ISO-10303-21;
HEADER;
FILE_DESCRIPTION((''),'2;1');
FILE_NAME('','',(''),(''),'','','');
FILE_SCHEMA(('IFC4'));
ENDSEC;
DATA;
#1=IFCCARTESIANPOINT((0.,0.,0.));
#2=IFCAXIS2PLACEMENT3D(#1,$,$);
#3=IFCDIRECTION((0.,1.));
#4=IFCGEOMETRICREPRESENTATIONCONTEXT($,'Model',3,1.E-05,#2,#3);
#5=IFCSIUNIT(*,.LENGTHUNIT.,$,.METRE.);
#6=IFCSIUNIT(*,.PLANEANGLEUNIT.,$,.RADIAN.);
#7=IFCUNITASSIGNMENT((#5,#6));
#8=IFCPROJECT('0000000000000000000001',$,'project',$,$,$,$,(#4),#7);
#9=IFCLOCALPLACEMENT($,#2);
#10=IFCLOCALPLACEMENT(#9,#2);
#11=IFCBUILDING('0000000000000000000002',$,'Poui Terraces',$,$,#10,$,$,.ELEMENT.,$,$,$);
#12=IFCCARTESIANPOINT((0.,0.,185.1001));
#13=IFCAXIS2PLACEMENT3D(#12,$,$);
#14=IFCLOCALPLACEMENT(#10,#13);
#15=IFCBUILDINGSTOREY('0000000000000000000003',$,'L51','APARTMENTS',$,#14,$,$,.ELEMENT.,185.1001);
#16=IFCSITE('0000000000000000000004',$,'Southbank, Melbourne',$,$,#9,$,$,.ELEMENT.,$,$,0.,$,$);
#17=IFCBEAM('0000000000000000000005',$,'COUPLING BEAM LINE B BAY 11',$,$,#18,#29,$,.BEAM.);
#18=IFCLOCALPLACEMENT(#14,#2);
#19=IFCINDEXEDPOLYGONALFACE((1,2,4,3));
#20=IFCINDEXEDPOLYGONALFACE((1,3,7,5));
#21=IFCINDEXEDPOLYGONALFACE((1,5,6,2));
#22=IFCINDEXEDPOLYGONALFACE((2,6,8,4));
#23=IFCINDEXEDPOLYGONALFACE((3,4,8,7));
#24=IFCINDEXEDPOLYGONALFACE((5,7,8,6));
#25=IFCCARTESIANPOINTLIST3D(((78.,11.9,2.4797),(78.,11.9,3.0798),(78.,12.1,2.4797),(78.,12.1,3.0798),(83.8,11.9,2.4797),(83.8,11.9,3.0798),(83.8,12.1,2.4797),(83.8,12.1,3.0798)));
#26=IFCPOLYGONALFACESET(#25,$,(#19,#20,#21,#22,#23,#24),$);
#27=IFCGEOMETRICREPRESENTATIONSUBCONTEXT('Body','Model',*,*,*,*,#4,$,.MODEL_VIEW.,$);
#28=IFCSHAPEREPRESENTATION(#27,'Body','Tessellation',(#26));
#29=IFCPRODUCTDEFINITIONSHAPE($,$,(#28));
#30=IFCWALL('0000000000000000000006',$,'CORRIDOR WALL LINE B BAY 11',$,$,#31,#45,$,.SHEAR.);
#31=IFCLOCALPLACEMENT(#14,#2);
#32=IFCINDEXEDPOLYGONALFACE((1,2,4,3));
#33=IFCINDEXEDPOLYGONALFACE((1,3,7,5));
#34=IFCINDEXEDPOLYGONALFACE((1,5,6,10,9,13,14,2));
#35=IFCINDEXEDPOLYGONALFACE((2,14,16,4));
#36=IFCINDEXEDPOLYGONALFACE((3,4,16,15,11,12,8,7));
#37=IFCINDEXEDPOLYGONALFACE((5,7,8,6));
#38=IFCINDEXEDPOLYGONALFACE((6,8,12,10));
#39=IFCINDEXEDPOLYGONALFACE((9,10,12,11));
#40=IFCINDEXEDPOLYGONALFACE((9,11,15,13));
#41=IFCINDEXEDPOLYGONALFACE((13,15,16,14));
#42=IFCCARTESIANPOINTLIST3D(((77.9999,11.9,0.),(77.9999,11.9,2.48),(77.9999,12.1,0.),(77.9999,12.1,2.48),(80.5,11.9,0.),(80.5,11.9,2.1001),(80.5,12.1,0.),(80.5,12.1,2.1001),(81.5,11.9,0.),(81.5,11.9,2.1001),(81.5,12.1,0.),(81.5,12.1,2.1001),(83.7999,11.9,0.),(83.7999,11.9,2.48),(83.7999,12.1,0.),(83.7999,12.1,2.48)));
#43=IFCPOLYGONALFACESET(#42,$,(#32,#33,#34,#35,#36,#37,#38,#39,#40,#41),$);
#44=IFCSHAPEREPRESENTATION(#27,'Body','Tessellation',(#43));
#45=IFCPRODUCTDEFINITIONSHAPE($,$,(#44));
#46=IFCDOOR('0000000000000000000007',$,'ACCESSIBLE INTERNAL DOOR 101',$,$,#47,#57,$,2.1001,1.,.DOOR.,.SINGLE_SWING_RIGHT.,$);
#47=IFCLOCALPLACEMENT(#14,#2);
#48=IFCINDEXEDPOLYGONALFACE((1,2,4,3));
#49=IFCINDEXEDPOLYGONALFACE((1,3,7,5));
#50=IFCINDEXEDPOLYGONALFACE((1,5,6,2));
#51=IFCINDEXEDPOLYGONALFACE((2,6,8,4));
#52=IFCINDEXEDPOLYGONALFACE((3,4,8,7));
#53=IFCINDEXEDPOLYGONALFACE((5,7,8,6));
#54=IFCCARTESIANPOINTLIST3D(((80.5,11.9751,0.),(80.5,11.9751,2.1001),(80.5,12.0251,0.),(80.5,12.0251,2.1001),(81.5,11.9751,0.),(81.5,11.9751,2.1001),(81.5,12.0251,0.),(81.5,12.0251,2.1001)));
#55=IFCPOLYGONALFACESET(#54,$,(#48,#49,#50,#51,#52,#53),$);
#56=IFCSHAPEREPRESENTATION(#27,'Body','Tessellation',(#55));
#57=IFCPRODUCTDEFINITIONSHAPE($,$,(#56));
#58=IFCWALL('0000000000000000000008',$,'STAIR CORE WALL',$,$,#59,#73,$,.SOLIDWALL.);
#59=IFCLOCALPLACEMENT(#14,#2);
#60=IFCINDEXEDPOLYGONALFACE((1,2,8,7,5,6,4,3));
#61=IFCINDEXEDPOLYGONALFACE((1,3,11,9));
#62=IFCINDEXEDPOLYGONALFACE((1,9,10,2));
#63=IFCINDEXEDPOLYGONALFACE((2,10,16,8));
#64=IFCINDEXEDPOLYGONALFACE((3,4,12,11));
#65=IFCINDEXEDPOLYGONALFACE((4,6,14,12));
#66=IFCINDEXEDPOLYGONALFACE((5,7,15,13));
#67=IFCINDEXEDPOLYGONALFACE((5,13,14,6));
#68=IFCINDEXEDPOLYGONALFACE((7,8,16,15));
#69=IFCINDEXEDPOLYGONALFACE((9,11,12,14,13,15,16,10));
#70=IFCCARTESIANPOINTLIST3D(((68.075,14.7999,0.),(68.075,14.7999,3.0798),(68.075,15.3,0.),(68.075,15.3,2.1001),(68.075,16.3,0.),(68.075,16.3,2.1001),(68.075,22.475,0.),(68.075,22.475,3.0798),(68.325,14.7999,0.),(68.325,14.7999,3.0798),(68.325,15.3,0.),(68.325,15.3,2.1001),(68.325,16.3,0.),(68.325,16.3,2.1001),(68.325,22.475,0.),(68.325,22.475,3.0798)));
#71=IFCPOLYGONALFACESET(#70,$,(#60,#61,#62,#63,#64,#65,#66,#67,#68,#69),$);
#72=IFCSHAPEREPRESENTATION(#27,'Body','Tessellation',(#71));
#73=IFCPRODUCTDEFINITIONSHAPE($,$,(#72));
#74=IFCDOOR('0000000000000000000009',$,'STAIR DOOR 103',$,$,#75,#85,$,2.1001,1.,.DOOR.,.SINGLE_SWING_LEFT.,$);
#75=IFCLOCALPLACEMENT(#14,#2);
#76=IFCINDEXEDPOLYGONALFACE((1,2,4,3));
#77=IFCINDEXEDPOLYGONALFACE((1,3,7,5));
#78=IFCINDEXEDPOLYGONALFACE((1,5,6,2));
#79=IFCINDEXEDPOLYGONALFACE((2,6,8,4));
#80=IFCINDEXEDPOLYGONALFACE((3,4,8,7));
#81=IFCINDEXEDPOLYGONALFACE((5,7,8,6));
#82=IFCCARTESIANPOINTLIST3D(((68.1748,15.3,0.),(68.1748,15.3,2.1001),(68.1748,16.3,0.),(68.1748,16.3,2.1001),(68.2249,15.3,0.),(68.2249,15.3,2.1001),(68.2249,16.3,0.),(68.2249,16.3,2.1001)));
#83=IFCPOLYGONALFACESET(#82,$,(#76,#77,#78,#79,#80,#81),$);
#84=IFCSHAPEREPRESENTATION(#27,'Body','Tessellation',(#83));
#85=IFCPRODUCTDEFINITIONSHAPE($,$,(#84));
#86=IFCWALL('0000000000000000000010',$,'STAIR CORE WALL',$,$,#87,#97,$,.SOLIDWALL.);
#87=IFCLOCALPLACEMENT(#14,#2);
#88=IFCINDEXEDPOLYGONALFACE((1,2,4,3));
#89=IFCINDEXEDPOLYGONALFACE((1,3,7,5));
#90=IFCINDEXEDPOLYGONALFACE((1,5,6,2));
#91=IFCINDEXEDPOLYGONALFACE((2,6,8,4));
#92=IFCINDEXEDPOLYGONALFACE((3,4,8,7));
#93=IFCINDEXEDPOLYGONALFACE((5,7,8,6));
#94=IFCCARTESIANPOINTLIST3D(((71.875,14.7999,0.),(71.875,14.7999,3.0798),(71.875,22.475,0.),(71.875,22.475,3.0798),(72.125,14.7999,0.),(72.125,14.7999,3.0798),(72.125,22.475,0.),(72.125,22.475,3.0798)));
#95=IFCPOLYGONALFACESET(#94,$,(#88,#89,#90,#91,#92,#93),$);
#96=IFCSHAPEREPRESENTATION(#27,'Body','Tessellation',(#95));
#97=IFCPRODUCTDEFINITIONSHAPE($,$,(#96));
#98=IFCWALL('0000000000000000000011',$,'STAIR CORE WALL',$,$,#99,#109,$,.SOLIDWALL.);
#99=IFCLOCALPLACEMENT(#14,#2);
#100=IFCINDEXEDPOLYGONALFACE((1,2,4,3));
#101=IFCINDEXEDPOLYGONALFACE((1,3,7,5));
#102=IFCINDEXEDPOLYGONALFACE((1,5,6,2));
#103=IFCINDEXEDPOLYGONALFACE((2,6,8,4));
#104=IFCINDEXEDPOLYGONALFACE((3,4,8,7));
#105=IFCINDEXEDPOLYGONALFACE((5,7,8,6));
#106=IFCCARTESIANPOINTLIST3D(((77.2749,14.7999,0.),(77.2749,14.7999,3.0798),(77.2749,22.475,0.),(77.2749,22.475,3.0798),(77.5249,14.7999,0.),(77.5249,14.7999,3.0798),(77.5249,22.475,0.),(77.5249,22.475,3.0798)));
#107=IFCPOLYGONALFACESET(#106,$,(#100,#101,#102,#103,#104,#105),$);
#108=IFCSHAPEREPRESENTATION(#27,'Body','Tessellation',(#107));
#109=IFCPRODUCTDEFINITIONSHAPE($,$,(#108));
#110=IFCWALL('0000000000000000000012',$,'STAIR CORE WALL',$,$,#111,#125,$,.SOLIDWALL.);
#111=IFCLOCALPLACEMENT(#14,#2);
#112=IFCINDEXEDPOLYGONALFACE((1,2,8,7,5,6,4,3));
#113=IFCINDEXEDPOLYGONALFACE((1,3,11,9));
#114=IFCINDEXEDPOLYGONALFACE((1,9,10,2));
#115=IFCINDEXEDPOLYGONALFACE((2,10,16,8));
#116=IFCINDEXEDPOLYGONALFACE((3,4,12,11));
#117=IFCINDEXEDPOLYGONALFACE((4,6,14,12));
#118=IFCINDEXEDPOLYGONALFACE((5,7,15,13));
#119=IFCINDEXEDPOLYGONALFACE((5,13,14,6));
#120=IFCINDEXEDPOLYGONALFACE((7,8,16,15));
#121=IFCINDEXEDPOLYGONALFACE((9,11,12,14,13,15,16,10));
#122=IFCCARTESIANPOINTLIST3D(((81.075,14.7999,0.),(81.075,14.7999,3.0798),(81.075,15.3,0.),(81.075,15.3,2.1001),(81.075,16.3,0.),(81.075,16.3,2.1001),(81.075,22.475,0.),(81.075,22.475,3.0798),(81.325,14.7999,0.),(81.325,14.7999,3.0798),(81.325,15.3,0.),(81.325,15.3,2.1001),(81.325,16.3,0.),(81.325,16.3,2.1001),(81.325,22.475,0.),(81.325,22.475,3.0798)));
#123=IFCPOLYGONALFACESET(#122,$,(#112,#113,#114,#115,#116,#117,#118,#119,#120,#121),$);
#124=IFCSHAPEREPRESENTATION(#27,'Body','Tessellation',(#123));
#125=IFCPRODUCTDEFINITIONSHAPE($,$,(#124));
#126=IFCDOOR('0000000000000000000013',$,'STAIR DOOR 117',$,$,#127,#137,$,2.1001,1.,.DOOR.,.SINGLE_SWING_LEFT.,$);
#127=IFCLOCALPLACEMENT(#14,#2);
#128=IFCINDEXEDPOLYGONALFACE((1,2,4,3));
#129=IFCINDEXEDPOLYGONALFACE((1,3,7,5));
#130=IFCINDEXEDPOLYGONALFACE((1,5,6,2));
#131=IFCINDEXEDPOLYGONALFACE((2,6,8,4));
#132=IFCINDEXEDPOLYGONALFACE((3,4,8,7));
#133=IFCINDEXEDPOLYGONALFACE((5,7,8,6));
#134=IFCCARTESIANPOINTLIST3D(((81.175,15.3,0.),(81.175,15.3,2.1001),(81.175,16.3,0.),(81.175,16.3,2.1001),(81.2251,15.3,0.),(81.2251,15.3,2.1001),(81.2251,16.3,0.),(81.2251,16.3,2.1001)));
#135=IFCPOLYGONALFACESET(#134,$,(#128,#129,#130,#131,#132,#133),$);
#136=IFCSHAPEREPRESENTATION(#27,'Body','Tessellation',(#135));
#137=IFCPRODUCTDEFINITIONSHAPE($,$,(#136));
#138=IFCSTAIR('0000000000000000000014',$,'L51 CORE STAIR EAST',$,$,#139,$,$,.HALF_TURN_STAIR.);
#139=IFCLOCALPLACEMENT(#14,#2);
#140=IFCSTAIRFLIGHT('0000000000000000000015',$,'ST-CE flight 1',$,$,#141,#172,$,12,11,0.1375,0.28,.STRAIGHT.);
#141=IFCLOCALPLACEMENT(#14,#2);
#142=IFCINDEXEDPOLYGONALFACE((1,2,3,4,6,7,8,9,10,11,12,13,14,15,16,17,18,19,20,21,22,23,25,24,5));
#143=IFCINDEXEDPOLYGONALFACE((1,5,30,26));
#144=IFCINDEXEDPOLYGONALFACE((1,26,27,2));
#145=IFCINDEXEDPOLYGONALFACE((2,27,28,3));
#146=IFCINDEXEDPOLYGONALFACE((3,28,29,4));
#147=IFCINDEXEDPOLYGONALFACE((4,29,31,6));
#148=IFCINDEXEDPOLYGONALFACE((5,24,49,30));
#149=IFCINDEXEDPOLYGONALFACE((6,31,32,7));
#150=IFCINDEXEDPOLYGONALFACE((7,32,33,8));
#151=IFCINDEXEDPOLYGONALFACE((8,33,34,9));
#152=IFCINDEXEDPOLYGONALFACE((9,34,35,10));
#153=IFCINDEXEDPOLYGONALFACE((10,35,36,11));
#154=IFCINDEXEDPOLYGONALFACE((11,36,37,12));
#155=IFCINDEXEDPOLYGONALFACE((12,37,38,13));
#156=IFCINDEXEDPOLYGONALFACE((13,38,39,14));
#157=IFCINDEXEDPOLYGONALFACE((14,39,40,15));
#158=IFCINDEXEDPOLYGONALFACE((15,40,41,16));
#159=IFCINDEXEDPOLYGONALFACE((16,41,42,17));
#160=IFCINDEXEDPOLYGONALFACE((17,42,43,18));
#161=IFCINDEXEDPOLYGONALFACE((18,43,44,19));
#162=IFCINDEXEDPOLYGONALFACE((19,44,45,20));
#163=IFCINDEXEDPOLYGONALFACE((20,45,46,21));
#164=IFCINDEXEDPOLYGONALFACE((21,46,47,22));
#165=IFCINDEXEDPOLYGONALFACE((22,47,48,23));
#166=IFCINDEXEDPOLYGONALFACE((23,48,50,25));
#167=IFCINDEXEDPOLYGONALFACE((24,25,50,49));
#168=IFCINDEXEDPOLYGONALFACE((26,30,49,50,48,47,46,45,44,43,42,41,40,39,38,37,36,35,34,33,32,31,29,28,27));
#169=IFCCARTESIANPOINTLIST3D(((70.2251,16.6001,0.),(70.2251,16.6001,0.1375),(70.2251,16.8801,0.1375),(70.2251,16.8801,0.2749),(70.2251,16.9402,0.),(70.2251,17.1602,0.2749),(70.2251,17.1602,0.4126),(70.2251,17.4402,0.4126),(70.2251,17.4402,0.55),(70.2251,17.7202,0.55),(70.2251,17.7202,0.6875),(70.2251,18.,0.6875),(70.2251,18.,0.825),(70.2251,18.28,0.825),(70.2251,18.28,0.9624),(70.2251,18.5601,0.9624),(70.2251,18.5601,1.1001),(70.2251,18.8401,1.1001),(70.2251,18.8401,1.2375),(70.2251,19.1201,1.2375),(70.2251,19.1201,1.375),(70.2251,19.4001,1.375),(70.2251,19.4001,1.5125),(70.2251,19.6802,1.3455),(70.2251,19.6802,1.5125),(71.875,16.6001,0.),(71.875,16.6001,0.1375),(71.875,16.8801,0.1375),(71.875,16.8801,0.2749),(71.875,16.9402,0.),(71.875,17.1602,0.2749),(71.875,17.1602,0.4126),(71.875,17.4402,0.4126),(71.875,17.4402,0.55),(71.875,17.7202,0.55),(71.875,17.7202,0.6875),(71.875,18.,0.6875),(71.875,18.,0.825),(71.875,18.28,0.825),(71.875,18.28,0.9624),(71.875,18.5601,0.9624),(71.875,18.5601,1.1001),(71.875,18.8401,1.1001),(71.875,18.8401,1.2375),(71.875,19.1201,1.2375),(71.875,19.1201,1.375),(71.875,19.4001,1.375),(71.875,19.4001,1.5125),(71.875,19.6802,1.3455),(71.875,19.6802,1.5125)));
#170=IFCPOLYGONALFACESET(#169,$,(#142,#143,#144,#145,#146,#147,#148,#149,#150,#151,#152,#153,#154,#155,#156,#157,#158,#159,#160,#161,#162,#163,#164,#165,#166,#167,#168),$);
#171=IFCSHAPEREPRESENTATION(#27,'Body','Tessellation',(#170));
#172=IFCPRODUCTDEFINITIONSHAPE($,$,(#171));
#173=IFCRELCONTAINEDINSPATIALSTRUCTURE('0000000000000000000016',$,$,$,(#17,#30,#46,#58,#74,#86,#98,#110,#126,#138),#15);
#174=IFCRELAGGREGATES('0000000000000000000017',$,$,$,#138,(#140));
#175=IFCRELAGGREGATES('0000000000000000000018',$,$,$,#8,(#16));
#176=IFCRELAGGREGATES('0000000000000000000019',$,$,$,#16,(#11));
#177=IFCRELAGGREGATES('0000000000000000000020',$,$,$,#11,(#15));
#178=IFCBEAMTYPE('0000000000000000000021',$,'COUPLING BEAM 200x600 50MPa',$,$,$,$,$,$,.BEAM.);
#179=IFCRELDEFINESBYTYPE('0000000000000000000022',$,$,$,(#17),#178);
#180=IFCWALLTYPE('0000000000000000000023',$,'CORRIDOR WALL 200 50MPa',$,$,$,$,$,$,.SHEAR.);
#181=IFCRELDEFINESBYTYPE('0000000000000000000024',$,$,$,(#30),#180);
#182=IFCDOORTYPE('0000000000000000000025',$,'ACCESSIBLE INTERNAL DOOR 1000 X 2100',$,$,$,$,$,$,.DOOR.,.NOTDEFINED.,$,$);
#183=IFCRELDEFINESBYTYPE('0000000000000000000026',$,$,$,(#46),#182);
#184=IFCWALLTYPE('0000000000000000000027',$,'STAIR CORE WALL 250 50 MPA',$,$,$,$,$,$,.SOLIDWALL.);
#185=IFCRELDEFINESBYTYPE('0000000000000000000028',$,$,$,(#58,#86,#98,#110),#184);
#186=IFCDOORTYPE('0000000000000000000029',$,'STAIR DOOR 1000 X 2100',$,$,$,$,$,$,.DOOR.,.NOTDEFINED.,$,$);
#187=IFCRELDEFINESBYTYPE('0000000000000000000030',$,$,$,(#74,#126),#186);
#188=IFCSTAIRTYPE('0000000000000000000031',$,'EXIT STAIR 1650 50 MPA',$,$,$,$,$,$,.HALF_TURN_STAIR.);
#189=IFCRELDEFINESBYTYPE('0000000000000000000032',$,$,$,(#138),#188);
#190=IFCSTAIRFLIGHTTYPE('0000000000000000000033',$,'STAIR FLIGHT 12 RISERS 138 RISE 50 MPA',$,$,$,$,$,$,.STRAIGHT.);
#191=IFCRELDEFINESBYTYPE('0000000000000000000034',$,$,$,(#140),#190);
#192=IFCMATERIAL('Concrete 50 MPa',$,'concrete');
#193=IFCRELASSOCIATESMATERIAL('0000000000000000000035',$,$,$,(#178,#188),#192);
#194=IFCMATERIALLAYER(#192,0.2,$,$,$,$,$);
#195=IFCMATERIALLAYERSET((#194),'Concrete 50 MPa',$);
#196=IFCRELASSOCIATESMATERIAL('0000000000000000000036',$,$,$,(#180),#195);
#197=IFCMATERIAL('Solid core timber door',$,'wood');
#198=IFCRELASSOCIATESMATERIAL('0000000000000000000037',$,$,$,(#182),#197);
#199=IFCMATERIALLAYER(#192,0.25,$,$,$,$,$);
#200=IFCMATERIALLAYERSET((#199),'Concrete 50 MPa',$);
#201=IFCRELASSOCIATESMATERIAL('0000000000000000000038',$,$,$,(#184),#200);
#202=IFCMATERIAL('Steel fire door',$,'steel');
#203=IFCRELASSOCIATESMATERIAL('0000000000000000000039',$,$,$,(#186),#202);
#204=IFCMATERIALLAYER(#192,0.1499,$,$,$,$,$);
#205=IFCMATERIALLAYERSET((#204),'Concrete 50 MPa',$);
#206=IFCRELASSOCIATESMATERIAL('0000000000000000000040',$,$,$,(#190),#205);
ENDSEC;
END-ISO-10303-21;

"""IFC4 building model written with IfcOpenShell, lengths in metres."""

from ifc_helpers import new_model, si_unit, direction, frame, frame_2d, origin, origin_2d, place, context, subcontext, project, spatial, polyline, rectangle, outline, extrude, source, transform, mapped, material, layer, layer_set, material_profile, profile_set, type_object, element, fill, aggregate, save


model = new_model("IFC4")

# Units and contexts
model_context = context("Model", 3, precision=1e-05, world=origin(), true_north=direction((0.0, 1.0)))
body_context = subcontext(model_context, "Body", "Model", "MODEL_VIEW")
ifc_project = project(units=[si_unit("LENGTHUNIT", "METRE"), si_unit("PLANEANGLEUNIT", "RADIAN")], contexts=[model_context])

# Site, building, storey
site_placement = place(None, origin())
site = spatial("IfcSite", under=ifc_project, at=site_placement, Name="Southbank, Melbourne", CompositionType="ELEMENT", RefElevation=0.0)
building_placement = place(site_placement, origin())
building = spatial("IfcBuilding", under=site, at=building_placement, Name="Poui Terraces", CompositionType="ELEMENT")
storey_placement = place(building_placement, frame((0.0, 0.0, 185.1001)))
storey = spatial("IfcBuildingStorey", under=building, at=storey_placement, Name="L51", Description="APARTMENTS", CompositionType="ELEMENT", Elevation=185.1001)

# Beam
ifc_material_1 = material(Name="Concrete 50 MPa", Category="concrete")
ifc_material_profile = material_profile(ifc_material_1, rectangle(XDim=0.2, YDim=0.6001, at=origin_2d()), Name="RC 200x600")
ifc_profile_set = profile_set([ifc_material_profile], Name="Concrete 50 MPa")
beam_type = type_object("IfcBeamType", Name="COUPLING BEAM 200x600 50MPa", PredefinedType="BEAM", material=ifc_profile_set)
shared_shape = source(origin(), body_context, "Body", "SweptSolid", [
    extrude(rectangle(XDim=0.2, YDim=0.6001, at=origin_2d()), origin(), (0.0, 0.0, 1.0), 5.8),
])
beam_placement = place(storey_placement, frame((78.0, 12.0, 2.7798), z_axis=(1.0, 0.0, 0.0), x_axis=(0.0, 1.0, 0.0)))
element("IfcBeam", 1, at=beam_placement, inside=storey, type_object=beam_type, Name="COUPLING BEAM LINE B BAY 11", PredefinedType="BEAM", context=body_context, shape_type="MappedRepresentation", body=[
    mapped(shared_shape, transform((0.0, 0.0, 0.0))),
])

# Walls, openings, doors
ifc_layer_1 = layer(ifc_material_1, 0.2)
ifc_layer_set_1 = layer_set([ifc_layer_1], Name="Concrete 50 MPa")
wall_type_1 = type_object("IfcWallType", Name="CORRIDOR WALL 200 50MPa", PredefinedType="SHEAR", material=ifc_layer_set_1)
wall_1_placement = place(storey_placement, frame((78.0, 12.0, 0.0), z_axis=(0.0, 0.0, 1.0), x_axis=(1.0, 0.0, 0.0)))
wall_1 = element("IfcWall", 2, at=wall_1_placement, inside=storey, type_object=wall_type_1, Name="CORRIDOR WALL LINE B BAY 11", PredefinedType="SHEAR", context=body_context, shape_type="SweptSolid", body=[
    extrude(rectangle(XDim=5.8, YDim=0.2, at=frame_2d((2.8999, 0.0))), origin(), (0.0, 0.0, 1.0), 2.48),
])
opening_1_placement = place(wall_1_placement, frame((2.5, 0.0, 0.0)))
opening_1 = element("IfcOpeningElement", 3, at=opening_1_placement, cuts=wall_1, PredefinedType="OPENING", context=body_context, shape_type="SweptSolid", body=[
    extrude(rectangle(XDim=1.0, YDim=2.1001, at=frame_2d((0.5, 1.05))), frame((0.0, 0.1099, 0.0), z_axis=(0.0, -1.0, 0.0), x_axis=(1.0, 0.0, 0.0)), (0.0, 0.0, 1.0), 0.22),
])
ifc_material_2 = material(Name="Solid core timber door", Category="wood")
door_type_1 = type_object("IfcDoorType", Name="ACCESSIBLE INTERNAL DOOR 1000 X 2100", OperationType="NOTDEFINED", PredefinedType="DOOR", material=ifc_material_2)
door_1_placement = place(opening_1_placement, frame((1.0, 0.0, 0.0), z_axis=(0.0, 0.0, 1.0), x_axis=(-1.0, 0.0, 0.0)))
door_1 = element("IfcDoor", 4, at=door_1_placement, inside=storey, type_object=door_type_1, Name="ACCESSIBLE INTERNAL DOOR 101", OperationType="SINGLE_SWING_RIGHT", OverallHeight=2.1001, OverallWidth=1.0, PredefinedType="DOOR", context=body_context, shape_type="SweptSolid", body=[
    extrude(rectangle(XDim=1.0, YDim=2.1001, at=frame_2d((0.5, 1.05))), frame((0.0, 0.0249, 0.0), z_axis=(0.0, -1.0, 0.0), x_axis=(1.0, 0.0, 0.0)), (0.0, 0.0, 1.0), 0.05),
])
fill(opening_1, door_1)
ifc_layer_2 = layer(ifc_material_1, 0.25)
ifc_layer_set_2 = layer_set([ifc_layer_2], Name="Concrete 50 MPa")
wall_type_2 = type_object("IfcWallType", Name="STAIR CORE WALL 250 50 MPA", PredefinedType="SOLIDWALL", material=ifc_layer_set_2)
wall_2_placement = place(storey_placement, frame((68.2, 14.8, 0.0), z_axis=(0.0, 0.0, 1.0), x_axis=(0.0, 1.0, 0.0)))
wall_2 = element("IfcWall", 5, at=wall_2_placement, inside=storey, type_object=wall_type_2, Name="STAIR CORE WALL", PredefinedType="SOLIDWALL", context=body_context, shape_type="SweptSolid", body=[
    extrude(rectangle(XDim=7.675, YDim=0.25, at=frame_2d((3.8374, 0.0))), origin(), (0.0, 0.0, 1.0), 3.0798),
])
opening_2_placement = place(wall_2_placement, frame((0.5, 0.0, 0.0)))
opening_2 = element("IfcOpeningElement", 6, at=opening_2_placement, cuts=wall_2, PredefinedType="OPENING", context=body_context, shape_type="SweptSolid", body=[
    extrude(rectangle(XDim=1.0, YDim=2.1001, at=frame_2d((0.5, 1.05))), frame((0.0, 0.135, 0.0), z_axis=(0.0, -1.0, 0.0), x_axis=(1.0, 0.0, 0.0)), (0.0, 0.0, 1.0), 0.27),
])
ifc_material_3 = material(Name="Steel fire door", Category="steel")
door_type_2 = type_object("IfcDoorType", Name="STAIR DOOR 1000 X 2100", OperationType="NOTDEFINED", PredefinedType="DOOR", material=ifc_material_3)
door_2_placement = place(opening_2_placement, frame((1.0, 0.0, 0.0), z_axis=(0.0, 0.0, 1.0), x_axis=(-1.0, 0.0, 0.0)))
door_2 = element("IfcDoor", 7, at=door_2_placement, inside=storey, type_object=door_type_2, Name="STAIR DOOR 103", OperationType="SINGLE_SWING_LEFT", OverallHeight=2.1001, OverallWidth=1.0, PredefinedType="DOOR", context=body_context, shape_type="SweptSolid", body=[
    extrude(rectangle(XDim=1.0, YDim=2.1001, at=frame_2d((0.5, 1.05))), frame((0.0, 0.0249, 0.0), z_axis=(0.0, -1.0, 0.0), x_axis=(1.0, 0.0, 0.0)), (0.0, 0.0, 1.0), 0.05),
])
fill(opening_2, door_2)

# Walls
for number, where, z_axis, x_axis, name in (
    (8, (72.0, 14.8, 0.0), (0.0, 0.0, 1.0), (0.0, 1.0, 0.0), "STAIR CORE WALL"),
    (9, (77.3999, 14.8, 0.0), (0.0, 0.0, 1.0), (0.0, 1.0, 0.0), "STAIR CORE WALL"),
):
    element("IfcWall", number, at=place(storey_placement, frame(where, z_axis=z_axis, x_axis=x_axis)), inside=storey, type_object=wall_type_2, Name=name, PredefinedType="SOLIDWALL", context=body_context, shape_type="SweptSolid", body=[
        extrude(rectangle(XDim=7.675, YDim=0.25, at=frame_2d((3.8374, 0.0))), origin(), (0.0, 0.0, 1.0), 3.0798),
    ])

# Wall, opening, door
wall_3_placement = place(storey_placement, frame((81.2, 14.8, 0.0), z_axis=(0.0, 0.0, 1.0), x_axis=(0.0, 1.0, 0.0)))
wall_3 = element("IfcWall", 10, at=wall_3_placement, inside=storey, type_object=wall_type_2, Name="STAIR CORE WALL", PredefinedType="SOLIDWALL", context=body_context, shape_type="SweptSolid", body=[
    extrude(rectangle(XDim=7.675, YDim=0.25, at=frame_2d((3.8374, 0.0))), origin(), (0.0, 0.0, 1.0), 3.0798),
])
opening_3_placement = place(wall_3_placement, frame((0.5, 0.0, 0.0)))
opening_3 = element("IfcOpeningElement", 11, at=opening_3_placement, cuts=wall_3, PredefinedType="OPENING", context=body_context, shape_type="SweptSolid", body=[
    extrude(rectangle(XDim=1.0, YDim=2.1001, at=frame_2d((0.5, 1.05))), frame((0.0, 0.135, 0.0), z_axis=(0.0, -1.0, 0.0), x_axis=(1.0, 0.0, 0.0)), (0.0, 0.0, 1.0), 0.27),
])
door_3_placement = place(opening_3_placement, origin())
door_3 = element("IfcDoor", 12, at=door_3_placement, inside=storey, type_object=door_type_2, Name="STAIR DOOR 117", OperationType="SINGLE_SWING_LEFT", OverallHeight=2.1001, OverallWidth=1.0, PredefinedType="DOOR", context=body_context, shape_type="SweptSolid", body=[
    extrude(rectangle(XDim=1.0, YDim=2.1001, at=frame_2d((0.5, 1.05))), frame((0.0, 0.0249, 0.0), z_axis=(0.0, -1.0, 0.0), x_axis=(1.0, 0.0, 0.0)), (0.0, 0.0, 1.0), 0.05),
])
fill(opening_3, door_3)

# Stair, stair flight
stair_type = type_object("IfcStairType", Name="EXIT STAIR 1650 50 MPA", PredefinedType="HALF_TURN_STAIR", material=ifc_material_1)
stair_1_placement = place(storey_placement, origin())
stair_1 = element("IfcStair", 13, at=stair_1_placement, inside=storey, type_object=stair_type, Name="L51 CORE STAIR EAST", PredefinedType="HALF_TURN_STAIR")
ifc_layer_3 = layer(ifc_material_1, 0.1499)
ifc_layer_set_3 = layer_set([ifc_layer_3], Name="Concrete 50 MPa")
stair_flight_type = type_object("IfcStairFlightType", Name="STAIR FLIGHT 12 RISERS 138 RISE 50 MPA", PredefinedType="STRAIGHT", material=ifc_layer_set_3)
stair_flight_1_placement = place(storey_placement, frame((71.05, 16.6001, 0.0), z_axis=(0.0, 0.0, 1.0), x_axis=(0.0, 1.0, 0.0)))
stair_flight_1 = element("IfcStairFlight", 14, at=stair_flight_1_placement, type_object=stair_flight_type, Name="ST-CE flight 1", NumberOfRisers=12, NumberOfTreads=11, PredefinedType="STRAIGHT", RiserHeight=0.1375, TreadLength=0.28, context=body_context, shape_type="SweptSolid", body=[
    extrude(outline(polyline([(0.0, 0.0), (0.0, 0.1375), (0.28, 0.1375), (0.28, 0.2749), (0.5601, 0.2749), (0.5601, 0.4126), (0.8401, 0.4126), (0.8401, 0.55), (1.1201, 0.55), (1.1201, 0.6875), (1.3999, 0.6875), (1.3999, 0.825), (1.6799, 0.825), (1.6799, 0.9624), (1.96, 0.9624), (1.96, 1.1001), (2.24, 1.1001), (2.24, 1.2375), (2.52, 1.2375), (2.52, 1.375), (2.8, 1.375), (2.8, 1.5125), (3.0801, 1.5125), (3.0801, 1.6499), (3.0801, 1.3455), (0.3401, 0.0), (0.0, 0.0)])), frame((0.0, 0.825, 0.0), z_axis=(0.0, -1.0, 0.0), x_axis=(1.0, 0.0, 0.0)), (0.0, 0.0, 1.0), 1.6499),
])
aggregate(stair_1, [stair_flight_1])

save(model, "model.ifc")
